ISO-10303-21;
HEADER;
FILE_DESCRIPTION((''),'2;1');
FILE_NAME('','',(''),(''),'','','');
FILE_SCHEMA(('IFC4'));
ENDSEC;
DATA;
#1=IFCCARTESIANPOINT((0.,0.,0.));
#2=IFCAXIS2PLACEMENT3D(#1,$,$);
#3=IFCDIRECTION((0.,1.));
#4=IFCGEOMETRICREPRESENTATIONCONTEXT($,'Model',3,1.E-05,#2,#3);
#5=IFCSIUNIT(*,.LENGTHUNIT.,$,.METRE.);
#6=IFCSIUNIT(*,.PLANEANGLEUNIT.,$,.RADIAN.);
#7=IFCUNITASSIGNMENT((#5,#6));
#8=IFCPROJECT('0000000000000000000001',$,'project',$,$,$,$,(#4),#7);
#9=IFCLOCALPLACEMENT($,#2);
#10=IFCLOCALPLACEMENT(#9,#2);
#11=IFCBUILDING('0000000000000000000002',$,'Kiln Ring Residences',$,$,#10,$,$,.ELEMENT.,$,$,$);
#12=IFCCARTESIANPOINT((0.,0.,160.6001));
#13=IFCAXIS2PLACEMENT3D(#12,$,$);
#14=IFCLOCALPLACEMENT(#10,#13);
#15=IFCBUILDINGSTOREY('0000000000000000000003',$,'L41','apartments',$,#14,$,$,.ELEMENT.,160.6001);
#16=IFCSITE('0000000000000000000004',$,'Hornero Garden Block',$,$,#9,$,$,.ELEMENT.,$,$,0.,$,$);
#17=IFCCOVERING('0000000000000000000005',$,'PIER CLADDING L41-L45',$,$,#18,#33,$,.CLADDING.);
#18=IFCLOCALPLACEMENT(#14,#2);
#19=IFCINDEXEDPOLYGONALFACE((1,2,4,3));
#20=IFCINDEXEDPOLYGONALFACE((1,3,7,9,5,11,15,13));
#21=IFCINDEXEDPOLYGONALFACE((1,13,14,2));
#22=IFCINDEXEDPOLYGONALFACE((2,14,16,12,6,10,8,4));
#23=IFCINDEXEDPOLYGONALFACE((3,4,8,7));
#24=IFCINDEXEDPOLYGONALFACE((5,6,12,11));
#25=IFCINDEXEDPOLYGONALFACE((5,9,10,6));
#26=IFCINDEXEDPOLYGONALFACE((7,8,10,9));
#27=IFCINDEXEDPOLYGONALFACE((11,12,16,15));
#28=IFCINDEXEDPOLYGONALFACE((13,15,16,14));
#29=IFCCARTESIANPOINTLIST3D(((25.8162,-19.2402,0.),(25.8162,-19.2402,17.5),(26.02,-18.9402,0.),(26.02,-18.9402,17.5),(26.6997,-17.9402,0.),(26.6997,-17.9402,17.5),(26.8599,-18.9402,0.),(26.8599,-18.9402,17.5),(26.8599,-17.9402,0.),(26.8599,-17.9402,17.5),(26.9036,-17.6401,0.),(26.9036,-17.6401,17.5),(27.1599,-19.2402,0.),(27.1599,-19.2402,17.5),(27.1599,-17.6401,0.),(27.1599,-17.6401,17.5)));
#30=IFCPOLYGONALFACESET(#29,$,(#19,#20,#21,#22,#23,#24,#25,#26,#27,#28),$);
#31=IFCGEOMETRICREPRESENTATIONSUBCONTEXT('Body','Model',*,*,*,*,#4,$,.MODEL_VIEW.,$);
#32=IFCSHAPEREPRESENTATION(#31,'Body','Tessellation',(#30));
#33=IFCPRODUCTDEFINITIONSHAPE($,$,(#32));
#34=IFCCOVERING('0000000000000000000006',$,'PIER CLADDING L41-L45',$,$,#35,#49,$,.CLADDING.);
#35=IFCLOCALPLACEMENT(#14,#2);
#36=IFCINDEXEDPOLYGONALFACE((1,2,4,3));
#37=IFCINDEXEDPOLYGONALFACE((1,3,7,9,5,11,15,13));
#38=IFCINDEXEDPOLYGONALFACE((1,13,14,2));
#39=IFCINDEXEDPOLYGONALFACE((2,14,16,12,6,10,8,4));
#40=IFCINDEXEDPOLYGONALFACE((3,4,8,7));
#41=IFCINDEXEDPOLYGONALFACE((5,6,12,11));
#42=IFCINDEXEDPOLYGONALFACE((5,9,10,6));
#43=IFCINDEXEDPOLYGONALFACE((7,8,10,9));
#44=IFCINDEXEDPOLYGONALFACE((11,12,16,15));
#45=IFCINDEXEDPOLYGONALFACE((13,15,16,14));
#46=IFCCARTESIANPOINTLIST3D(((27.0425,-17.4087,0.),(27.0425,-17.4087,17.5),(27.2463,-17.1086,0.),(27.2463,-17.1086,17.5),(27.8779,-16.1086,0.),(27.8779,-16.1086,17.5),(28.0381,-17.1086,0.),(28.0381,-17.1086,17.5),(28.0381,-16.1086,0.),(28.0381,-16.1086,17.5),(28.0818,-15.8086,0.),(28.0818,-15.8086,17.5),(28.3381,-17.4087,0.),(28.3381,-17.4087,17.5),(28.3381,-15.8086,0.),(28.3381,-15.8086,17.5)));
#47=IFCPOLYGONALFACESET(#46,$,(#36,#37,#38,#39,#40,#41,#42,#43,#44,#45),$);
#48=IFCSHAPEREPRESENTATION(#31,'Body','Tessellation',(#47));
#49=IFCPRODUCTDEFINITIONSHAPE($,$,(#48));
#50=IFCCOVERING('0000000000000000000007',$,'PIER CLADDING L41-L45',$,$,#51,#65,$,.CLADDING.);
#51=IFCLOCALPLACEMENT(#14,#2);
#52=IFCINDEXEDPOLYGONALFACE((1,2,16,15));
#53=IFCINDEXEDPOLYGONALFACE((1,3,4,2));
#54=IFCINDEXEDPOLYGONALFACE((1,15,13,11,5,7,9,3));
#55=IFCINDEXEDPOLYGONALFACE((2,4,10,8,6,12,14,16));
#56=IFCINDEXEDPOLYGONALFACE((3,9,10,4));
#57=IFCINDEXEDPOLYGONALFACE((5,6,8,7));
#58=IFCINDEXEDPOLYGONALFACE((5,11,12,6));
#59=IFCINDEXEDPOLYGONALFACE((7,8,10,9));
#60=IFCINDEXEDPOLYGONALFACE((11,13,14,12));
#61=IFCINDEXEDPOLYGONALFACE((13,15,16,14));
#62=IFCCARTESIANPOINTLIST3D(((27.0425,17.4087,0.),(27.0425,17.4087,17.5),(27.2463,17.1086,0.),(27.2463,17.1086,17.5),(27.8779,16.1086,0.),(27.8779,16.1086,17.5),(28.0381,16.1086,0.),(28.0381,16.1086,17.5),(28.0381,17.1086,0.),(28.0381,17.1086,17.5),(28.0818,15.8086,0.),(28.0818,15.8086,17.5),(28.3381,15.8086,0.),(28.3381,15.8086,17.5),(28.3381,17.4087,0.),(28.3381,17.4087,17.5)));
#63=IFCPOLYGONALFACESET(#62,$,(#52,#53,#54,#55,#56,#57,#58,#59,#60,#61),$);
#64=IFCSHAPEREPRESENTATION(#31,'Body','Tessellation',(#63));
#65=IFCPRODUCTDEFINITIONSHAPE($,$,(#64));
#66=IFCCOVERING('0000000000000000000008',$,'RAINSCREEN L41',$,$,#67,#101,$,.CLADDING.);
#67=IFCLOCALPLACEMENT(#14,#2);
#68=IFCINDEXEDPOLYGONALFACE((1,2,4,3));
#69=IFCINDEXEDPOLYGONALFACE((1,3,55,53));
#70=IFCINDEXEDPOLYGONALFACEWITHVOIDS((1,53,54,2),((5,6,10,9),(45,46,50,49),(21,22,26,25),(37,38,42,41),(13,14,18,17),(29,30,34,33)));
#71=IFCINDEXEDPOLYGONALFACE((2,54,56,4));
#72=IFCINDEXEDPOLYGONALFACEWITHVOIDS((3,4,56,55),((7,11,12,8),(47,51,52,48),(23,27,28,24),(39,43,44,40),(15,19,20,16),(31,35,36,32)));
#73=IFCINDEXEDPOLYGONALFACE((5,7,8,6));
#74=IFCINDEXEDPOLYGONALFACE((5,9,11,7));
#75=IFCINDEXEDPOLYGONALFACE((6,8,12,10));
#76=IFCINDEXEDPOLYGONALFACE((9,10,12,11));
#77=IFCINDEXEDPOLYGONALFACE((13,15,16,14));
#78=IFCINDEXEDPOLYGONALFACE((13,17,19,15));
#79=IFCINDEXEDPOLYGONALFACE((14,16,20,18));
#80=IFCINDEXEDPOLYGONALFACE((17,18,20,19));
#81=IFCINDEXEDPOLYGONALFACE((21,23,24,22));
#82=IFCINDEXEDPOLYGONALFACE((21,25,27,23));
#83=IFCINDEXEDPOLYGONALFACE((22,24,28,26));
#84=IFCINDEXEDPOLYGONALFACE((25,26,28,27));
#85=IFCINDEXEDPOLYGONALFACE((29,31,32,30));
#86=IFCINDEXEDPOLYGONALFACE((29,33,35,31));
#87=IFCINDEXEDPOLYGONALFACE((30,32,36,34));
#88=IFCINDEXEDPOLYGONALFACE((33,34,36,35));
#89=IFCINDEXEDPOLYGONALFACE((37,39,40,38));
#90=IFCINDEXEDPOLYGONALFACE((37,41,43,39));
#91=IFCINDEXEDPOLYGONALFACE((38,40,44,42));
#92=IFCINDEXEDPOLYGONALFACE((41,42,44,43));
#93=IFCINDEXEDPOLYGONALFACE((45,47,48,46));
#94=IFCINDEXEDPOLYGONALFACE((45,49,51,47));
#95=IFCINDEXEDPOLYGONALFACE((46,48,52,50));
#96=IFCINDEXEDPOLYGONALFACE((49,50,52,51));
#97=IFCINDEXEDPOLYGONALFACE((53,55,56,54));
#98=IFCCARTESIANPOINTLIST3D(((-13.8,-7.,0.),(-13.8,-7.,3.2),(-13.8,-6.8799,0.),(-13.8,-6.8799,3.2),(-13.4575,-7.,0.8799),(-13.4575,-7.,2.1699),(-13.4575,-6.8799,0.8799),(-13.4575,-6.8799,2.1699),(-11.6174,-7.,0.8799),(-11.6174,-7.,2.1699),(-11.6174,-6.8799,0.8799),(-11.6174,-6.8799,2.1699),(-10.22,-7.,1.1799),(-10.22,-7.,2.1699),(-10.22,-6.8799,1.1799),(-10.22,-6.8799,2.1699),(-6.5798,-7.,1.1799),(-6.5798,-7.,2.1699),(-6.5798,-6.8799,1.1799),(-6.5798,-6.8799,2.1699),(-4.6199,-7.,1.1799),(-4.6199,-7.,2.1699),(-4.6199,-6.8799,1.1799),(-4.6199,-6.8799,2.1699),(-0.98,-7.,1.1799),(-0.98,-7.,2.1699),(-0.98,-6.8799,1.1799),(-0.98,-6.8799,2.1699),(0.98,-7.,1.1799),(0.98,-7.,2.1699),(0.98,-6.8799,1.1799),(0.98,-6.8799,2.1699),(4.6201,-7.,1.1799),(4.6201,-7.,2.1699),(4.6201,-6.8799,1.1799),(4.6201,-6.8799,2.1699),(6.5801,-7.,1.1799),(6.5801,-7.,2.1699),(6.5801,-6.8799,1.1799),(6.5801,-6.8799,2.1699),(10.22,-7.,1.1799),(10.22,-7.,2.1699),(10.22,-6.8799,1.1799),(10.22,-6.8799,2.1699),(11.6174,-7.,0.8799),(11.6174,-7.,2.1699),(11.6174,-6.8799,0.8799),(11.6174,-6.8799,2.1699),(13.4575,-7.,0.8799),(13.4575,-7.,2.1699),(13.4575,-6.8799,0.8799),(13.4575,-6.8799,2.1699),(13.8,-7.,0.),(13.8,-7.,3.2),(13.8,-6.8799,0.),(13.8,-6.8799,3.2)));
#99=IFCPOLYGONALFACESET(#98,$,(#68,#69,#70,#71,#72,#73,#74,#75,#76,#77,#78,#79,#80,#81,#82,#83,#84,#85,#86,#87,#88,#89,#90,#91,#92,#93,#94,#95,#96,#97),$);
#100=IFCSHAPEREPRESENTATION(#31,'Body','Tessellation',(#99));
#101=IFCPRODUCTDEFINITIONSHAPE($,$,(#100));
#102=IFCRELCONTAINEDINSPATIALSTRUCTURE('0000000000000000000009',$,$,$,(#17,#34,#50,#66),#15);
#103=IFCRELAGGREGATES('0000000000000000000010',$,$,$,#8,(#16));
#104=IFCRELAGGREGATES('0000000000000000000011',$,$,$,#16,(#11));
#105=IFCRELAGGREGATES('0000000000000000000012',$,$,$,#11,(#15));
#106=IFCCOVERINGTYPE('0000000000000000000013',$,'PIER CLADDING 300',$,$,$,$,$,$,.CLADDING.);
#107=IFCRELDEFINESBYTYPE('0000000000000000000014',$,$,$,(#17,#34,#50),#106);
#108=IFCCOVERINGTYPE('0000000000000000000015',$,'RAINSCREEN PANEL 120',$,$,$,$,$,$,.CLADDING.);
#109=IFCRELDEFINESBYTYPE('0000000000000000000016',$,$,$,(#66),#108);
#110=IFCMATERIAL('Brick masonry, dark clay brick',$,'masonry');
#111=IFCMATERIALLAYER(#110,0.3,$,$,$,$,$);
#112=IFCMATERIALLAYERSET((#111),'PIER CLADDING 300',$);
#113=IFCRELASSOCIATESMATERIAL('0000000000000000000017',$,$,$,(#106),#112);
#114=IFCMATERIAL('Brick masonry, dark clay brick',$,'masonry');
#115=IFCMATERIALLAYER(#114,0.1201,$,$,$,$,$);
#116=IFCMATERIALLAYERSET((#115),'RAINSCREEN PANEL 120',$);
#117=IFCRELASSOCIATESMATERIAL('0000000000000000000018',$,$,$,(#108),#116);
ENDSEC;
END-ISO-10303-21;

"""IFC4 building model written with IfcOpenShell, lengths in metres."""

from ifc_helpers import new_model, si_unit, direction, frame, origin, place, context, subcontext, project, spatial, polyline, outline, extrude, material, layer, layer_set, type_object, element, save


model = new_model("IFC4")

# Units and contexts
model_context = context("Model", 3, precision=1e-05, world=origin(), true_north=direction((0.0, 1.0)))
body_context = subcontext(model_context, "Body", "Model", "MODEL_VIEW")
ifc_project = project(units=[si_unit("LENGTHUNIT", "METRE"), si_unit("PLANEANGLEUNIT", "RADIAN")], contexts=[model_context])

# Site, building, storey
site_placement = place(None, origin())
site = spatial("IfcSite", under=ifc_project, at=site_placement, Name="Hornero Garden Block", CompositionType="ELEMENT", RefElevation=0.0)
building_placement = place(site_placement, origin())
building = spatial("IfcBuilding", under=site, at=building_placement, Name="Kiln Ring Residences", CompositionType="ELEMENT")
storey_placement = place(building_placement, frame((0.0, 0.0, 160.6001)))
storey = spatial("IfcBuildingStorey", under=building, at=storey_placement, Name="L41", Description="apartments", CompositionType="ELEMENT", Elevation=160.6001)

# Shared definitions
placement = place(storey_placement, origin())

# Coverings
ifc_material_1 = material(Name="Brick masonry, dark clay brick", Category="masonry")
ifc_layer_1 = layer(ifc_material_1, 0.3)
ifc_layer_set_1 = layer_set([ifc_layer_1], Name="PIER CLADDING 300")
covering_type_1 = type_object("IfcCoveringType", Name="PIER CLADDING 300", PredefinedType="CLADDING", material=ifc_layer_set_1)
element("IfcCovering", 1, at=placement, inside=storey, type_object=covering_type_1, Name="PIER CLADDING L41-L45", PredefinedType="CLADDING", context=body_context, shape_type="SweptSolid", body=[
    extrude(outline(polyline([(27.1599, -19.2402), (27.1599, -17.6401), (26.9036, -17.6401), (26.6997, -17.9402), (26.8599, -17.9402), (26.8599, -18.9402), (26.02, -18.9402), (25.8162, -19.2402), (25.8162, -19.2402), (27.1599, -19.2402)])), origin(), (0.0, 0.0, 1.0), 17.5),
])
element("IfcCovering", 2, at=placement, inside=storey, type_object=covering_type_1, Name="PIER CLADDING L41-L45", PredefinedType="CLADDING", context=body_context, shape_type="SweptSolid", body=[
    extrude(outline(polyline([(28.3381, -17.4087), (28.3381, -15.8086), (28.0818, -15.8086), (27.8779, -16.1086), (28.0381, -16.1086), (28.0381, -17.1086), (27.2463, -17.1086), (27.0425, -17.4087), (28.3381, -17.4087)])), origin(), (0.0, 0.0, 1.0), 17.5),
])
element("IfcCovering", 3, at=placement, inside=storey, type_object=covering_type_1, Name="PIER CLADDING L41-L45", PredefinedType="CLADDING", context=body_context, shape_type="SweptSolid", body=[
    extrude(outline(polyline([(28.3381, 15.8086), (28.3381, 17.4087), (27.0425, 17.4087), (27.2463, 17.1086), (28.0381, 17.1086), (28.0381, 16.1086), (27.8779, 16.1086), (28.0818, 15.8086), (28.3381, 15.8086)])), origin(), (0.0, 0.0, 1.0), 17.5),
])
ifc_material_2 = material(Name="Brick masonry, dark clay brick", Category="masonry")
ifc_layer_2 = layer(ifc_material_2, 0.1201)
ifc_layer_set_2 = layer_set([ifc_layer_2], Name="RAINSCREEN PANEL 120")
covering_type_2 = type_object("IfcCoveringType", Name="RAINSCREEN PANEL 120", PredefinedType="CLADDING", material=ifc_layer_set_2)
covering_1_placement = place(storey_placement, frame((13.8, -6.9399, 0.0), z_axis=(0.0, 0.0, 1.0), x_axis=(-1.0, 0.0, 0.0)))
element("IfcCovering", 4, at=covering_1_placement, inside=storey, type_object=covering_type_2, Name="RAINSCREEN L41", PredefinedType="CLADDING", context=body_context, shape_type="SweptSolid", body=[
    extrude(outline(polyline([(0.0, 0.0), (27.6001, 0.0), (27.6001, 3.2), (0.0, 3.2), (0.0, 0.0)]), holes=[polyline([(2.1826, 0.8799), (2.1826, 2.1699), (0.3425, 2.1699), (0.3425, 0.8799), (2.1826, 0.8799)]), polyline([(25.4175, 0.8799), (27.2576, 0.8799), (27.2576, 2.1699), (25.4175, 2.1699), (25.4175, 0.8799)]), polyline([(3.5801, 1.1799), (7.22, 1.1799), (7.22, 2.1699), (3.5801, 2.1699), (3.5801, 1.1799)]), polyline([(12.8201, 1.1799), (12.8201, 2.1699), (9.1799, 2.1699), (9.1799, 1.1799), (12.8201, 1.1799)]), polyline([(14.78, 1.1799), (18.4199, 1.1799), (18.4199, 2.1699), (14.78, 2.1699), (14.78, 1.1799)]), polyline([(20.3799, 1.1799), (24.02, 1.1799), (24.02, 2.1699), (20.3799, 2.1699), (20.3799, 1.1799)])]), frame((0.0, 0.0601, 0.0), z_axis=(0.0, -1.0, 0.0), x_axis=(1.0, 0.0, 0.0)), (0.0, 0.0, 1.0), 0.1201),
])

save(model, "model.ifc")
